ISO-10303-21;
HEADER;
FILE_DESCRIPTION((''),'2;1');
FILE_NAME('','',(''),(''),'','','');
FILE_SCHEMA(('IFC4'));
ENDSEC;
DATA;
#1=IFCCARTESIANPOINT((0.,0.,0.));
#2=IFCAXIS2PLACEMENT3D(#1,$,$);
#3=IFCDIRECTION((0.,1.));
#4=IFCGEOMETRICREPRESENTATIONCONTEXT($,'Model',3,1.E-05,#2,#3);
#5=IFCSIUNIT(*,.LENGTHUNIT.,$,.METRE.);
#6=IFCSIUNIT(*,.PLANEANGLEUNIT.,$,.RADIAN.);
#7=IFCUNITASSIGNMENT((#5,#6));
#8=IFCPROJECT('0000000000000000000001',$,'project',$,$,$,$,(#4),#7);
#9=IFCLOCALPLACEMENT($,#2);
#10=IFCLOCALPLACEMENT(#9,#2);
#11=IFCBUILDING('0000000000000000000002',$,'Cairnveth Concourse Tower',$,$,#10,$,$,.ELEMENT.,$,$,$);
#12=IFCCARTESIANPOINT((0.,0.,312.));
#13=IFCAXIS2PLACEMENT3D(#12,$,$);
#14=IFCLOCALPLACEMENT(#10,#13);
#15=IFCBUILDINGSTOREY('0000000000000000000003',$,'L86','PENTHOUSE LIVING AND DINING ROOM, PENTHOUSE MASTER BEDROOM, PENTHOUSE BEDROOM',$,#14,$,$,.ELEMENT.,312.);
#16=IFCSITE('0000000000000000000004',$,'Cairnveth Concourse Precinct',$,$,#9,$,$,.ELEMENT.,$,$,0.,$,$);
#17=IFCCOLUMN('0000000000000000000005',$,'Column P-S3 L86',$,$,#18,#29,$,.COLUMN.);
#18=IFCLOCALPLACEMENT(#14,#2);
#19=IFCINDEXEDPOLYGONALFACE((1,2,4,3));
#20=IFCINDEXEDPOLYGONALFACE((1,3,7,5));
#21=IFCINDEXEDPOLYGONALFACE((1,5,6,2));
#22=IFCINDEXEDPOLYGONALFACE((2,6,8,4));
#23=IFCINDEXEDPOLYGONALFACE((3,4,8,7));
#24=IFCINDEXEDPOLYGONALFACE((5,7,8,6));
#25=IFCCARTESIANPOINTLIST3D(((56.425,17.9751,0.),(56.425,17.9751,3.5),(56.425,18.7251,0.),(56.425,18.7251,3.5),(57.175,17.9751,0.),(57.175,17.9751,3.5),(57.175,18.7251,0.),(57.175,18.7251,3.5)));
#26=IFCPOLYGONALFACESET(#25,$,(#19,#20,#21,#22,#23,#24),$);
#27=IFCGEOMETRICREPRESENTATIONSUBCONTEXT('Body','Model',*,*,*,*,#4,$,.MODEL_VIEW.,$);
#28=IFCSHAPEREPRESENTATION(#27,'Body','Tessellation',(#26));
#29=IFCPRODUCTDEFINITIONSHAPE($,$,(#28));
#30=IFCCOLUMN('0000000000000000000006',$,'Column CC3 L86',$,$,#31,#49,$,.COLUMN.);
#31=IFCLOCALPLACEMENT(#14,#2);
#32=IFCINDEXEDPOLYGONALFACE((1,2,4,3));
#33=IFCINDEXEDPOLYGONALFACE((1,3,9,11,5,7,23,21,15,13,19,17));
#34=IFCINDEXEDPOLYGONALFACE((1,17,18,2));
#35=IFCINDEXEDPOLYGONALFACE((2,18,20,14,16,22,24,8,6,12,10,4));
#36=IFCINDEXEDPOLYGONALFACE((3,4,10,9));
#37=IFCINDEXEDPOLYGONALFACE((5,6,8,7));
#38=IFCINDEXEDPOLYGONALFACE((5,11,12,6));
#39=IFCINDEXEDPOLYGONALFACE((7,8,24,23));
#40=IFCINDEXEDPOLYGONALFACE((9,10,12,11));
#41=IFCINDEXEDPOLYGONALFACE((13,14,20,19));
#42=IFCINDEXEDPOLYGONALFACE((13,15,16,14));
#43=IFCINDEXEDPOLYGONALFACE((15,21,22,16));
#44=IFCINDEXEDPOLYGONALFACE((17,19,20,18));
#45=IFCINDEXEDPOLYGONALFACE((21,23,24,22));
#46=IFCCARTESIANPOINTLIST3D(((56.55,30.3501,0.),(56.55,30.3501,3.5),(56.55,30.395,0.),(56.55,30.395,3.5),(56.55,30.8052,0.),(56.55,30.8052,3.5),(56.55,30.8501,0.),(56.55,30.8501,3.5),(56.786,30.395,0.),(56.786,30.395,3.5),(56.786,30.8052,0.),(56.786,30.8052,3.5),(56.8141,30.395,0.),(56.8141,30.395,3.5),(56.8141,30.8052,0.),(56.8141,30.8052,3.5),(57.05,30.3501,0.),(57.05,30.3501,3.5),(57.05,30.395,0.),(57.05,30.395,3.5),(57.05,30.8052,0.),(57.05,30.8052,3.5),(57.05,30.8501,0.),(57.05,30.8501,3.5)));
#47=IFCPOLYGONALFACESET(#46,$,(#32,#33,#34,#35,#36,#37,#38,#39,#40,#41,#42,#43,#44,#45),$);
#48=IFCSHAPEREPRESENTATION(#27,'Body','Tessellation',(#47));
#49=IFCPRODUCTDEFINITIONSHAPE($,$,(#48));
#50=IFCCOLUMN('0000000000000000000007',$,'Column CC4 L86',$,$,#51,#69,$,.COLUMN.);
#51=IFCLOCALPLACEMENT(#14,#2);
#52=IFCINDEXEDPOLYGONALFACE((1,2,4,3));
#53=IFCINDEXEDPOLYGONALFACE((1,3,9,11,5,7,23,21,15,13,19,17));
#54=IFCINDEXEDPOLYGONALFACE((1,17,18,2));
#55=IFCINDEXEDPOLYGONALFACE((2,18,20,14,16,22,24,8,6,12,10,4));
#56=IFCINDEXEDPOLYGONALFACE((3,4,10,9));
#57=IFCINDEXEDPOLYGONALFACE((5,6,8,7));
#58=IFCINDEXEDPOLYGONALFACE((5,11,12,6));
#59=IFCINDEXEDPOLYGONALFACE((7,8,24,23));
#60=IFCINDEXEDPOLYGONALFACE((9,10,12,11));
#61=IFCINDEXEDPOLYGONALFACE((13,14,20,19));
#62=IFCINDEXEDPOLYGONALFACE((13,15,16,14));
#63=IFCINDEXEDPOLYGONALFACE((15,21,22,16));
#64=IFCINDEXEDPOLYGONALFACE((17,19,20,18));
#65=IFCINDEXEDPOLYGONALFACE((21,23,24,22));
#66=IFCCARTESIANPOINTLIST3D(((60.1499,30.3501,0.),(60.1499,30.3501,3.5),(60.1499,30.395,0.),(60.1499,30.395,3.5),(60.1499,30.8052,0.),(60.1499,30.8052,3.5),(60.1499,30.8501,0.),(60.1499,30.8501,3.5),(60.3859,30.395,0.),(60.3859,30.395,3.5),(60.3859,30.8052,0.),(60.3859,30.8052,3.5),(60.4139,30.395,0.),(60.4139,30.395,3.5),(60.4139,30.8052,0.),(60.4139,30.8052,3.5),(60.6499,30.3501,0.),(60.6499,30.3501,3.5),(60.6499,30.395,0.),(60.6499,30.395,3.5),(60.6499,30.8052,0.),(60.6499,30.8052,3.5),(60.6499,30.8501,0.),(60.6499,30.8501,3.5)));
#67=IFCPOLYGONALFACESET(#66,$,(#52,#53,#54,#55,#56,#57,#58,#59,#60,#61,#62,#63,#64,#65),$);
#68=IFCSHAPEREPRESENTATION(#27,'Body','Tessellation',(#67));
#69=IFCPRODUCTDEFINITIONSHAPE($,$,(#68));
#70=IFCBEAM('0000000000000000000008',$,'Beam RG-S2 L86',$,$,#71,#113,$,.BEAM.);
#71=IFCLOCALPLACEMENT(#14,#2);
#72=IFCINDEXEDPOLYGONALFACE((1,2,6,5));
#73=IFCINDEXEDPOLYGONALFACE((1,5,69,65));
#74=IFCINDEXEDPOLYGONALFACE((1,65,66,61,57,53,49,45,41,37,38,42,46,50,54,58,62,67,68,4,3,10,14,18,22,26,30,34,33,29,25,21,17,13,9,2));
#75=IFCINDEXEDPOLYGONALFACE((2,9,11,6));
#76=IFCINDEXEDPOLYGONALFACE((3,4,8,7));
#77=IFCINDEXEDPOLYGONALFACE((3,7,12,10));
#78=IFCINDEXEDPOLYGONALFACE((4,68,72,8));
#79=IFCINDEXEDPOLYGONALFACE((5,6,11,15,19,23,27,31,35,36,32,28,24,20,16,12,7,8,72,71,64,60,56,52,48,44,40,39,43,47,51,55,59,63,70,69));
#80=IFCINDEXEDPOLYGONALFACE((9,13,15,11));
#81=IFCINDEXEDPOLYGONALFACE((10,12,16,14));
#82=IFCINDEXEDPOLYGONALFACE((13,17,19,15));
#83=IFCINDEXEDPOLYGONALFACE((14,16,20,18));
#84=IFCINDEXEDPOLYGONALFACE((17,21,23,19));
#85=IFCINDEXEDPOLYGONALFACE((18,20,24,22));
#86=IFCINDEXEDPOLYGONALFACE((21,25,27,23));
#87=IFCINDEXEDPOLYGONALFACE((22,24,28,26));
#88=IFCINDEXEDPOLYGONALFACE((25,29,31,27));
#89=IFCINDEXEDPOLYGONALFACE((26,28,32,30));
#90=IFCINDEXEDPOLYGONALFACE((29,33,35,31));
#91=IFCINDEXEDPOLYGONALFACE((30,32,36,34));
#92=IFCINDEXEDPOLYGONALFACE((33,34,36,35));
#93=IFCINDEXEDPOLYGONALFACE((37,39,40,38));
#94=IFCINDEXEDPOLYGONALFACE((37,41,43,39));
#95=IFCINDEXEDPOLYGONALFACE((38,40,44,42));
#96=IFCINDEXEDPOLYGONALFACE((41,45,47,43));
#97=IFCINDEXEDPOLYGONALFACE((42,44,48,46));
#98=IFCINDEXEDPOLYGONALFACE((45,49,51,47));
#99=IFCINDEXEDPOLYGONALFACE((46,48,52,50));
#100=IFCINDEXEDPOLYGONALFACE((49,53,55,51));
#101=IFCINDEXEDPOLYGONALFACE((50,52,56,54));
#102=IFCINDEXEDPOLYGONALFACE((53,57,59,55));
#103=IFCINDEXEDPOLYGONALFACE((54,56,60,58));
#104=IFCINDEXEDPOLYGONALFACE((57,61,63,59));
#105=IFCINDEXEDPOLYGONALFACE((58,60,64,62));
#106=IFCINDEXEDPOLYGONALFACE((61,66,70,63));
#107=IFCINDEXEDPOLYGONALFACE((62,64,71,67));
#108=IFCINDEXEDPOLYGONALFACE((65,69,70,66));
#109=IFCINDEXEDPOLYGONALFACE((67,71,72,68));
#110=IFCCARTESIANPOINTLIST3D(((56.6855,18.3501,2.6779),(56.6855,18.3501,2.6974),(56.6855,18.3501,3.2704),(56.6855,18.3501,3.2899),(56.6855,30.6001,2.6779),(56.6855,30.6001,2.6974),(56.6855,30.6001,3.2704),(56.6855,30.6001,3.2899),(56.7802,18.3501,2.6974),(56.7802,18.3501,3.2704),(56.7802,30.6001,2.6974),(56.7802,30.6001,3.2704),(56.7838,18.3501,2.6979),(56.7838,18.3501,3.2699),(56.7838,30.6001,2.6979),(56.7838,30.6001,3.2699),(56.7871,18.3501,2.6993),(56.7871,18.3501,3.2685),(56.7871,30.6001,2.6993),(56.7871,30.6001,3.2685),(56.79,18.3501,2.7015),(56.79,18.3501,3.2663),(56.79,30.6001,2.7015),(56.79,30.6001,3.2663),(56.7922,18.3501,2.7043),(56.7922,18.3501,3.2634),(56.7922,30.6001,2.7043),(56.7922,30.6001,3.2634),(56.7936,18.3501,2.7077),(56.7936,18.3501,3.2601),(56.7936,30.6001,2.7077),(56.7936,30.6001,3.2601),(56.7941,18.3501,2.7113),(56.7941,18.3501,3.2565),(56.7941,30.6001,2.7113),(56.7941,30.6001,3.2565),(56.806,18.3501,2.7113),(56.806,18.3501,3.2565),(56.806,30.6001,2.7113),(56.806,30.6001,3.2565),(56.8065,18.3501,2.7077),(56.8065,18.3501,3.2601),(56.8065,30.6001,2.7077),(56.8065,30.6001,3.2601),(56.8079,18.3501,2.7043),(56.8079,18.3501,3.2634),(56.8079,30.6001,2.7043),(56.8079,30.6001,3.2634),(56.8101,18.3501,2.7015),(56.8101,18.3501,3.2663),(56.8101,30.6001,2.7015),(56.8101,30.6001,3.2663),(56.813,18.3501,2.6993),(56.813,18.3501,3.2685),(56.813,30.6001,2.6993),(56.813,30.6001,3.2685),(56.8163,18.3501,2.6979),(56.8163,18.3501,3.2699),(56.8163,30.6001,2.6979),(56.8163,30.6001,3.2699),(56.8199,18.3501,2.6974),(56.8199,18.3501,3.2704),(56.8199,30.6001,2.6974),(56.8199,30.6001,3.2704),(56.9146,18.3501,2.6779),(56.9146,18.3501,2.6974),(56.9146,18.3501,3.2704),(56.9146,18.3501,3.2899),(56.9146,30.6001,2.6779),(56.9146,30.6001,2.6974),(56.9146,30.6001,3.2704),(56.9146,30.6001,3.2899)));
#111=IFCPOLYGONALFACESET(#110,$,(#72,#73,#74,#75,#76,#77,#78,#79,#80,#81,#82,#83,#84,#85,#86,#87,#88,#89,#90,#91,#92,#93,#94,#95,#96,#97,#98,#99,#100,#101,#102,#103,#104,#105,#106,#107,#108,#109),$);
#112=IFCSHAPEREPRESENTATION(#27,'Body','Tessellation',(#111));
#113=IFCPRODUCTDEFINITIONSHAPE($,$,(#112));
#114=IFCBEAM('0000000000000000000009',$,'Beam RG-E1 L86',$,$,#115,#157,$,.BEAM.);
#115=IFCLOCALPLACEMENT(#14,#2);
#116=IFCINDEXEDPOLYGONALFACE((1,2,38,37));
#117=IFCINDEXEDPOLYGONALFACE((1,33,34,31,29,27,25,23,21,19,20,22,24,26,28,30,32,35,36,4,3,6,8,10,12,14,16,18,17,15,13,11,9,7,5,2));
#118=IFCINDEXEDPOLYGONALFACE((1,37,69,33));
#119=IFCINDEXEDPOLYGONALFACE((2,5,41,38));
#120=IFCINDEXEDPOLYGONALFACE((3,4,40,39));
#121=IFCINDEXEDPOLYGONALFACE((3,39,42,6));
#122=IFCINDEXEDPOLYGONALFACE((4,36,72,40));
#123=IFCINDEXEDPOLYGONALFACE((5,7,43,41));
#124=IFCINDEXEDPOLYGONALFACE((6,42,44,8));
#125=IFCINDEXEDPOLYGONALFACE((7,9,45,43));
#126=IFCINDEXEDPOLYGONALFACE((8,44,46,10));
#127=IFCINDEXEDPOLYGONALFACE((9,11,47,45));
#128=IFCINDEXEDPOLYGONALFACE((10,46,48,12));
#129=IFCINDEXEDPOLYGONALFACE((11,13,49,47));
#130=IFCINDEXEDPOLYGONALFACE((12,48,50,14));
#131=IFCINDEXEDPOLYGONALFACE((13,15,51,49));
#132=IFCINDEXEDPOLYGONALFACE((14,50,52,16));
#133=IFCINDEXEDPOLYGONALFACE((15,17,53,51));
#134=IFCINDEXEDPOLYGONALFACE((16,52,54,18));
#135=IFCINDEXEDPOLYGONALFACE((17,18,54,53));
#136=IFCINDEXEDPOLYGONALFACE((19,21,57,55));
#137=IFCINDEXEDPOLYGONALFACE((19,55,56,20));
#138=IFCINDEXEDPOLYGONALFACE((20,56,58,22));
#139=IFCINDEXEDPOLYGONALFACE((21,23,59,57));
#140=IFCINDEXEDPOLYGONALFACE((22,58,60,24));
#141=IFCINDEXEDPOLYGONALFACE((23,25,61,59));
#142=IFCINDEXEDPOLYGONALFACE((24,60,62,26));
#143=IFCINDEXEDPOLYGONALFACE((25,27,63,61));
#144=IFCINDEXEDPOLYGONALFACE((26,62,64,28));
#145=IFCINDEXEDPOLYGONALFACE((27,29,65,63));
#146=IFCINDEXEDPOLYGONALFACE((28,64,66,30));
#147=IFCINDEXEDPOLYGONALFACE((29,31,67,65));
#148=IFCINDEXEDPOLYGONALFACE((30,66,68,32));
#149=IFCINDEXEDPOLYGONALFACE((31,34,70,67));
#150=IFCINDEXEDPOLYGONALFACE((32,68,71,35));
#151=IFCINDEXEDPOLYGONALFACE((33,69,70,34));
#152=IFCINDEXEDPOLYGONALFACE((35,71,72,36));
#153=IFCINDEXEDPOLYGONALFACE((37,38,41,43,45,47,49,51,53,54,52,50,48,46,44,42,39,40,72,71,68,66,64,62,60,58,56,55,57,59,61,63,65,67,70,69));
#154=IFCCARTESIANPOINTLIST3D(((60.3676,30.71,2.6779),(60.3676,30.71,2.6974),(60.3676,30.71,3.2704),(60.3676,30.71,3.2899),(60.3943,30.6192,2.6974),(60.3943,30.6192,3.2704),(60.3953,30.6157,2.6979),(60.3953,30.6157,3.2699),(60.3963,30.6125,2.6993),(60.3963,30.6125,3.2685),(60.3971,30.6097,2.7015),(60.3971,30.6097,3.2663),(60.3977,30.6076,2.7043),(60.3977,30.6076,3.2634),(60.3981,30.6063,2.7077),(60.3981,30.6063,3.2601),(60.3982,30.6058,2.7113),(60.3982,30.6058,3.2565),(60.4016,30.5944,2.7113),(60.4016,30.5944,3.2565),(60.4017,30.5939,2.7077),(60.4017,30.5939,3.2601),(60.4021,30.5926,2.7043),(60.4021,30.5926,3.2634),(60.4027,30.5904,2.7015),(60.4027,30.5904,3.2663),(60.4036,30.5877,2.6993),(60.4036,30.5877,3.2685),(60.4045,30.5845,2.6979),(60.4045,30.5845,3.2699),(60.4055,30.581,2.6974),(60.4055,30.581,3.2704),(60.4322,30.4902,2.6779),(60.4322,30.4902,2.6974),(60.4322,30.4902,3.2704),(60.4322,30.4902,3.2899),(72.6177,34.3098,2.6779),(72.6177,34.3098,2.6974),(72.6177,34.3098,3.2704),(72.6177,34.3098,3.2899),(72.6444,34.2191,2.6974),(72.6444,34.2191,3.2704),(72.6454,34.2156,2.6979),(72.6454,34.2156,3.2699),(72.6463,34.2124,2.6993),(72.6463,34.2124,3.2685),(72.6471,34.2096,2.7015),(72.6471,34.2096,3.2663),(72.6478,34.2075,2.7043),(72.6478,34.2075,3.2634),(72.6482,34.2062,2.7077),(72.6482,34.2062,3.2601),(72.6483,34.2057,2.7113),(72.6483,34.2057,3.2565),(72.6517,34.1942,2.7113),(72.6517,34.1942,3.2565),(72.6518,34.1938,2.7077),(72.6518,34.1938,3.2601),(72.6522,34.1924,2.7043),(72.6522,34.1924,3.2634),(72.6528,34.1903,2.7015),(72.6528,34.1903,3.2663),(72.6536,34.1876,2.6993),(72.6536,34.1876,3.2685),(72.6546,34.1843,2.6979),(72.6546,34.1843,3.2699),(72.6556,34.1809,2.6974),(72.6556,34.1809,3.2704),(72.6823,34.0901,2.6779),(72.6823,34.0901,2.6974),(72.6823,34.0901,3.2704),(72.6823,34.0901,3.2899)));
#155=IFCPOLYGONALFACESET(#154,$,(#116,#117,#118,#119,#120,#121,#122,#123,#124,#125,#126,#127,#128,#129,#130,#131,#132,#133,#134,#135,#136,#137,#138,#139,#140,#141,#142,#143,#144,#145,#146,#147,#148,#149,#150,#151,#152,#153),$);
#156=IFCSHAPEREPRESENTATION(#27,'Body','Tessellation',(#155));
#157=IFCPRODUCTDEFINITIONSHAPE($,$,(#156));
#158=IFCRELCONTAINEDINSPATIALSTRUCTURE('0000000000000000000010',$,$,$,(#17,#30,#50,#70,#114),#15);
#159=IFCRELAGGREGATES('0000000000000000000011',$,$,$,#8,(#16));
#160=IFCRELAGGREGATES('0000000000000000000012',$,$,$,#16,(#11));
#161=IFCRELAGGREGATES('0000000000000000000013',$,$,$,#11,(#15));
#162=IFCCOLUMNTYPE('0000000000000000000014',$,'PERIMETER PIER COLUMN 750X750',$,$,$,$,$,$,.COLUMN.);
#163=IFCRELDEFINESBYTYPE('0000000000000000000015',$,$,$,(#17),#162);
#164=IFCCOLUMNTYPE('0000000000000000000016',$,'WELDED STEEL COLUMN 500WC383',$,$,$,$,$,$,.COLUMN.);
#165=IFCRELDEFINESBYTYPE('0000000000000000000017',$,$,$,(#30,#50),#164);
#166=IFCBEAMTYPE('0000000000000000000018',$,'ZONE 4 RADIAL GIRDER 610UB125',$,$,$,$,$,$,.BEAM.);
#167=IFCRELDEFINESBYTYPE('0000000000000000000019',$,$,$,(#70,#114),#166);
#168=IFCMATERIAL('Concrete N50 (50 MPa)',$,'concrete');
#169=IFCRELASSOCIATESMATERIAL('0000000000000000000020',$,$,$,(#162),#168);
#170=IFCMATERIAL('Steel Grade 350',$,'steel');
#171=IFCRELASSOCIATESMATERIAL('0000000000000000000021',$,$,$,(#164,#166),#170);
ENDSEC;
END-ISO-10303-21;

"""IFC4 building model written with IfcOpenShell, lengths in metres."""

from ifc_helpers import new_model, si_unit, direction, frame, origin, origin_2d, place, context, subcontext, project, spatial, rectangle, i_section, extrude, material, material_profile, profile_set, type_object, element, save


model = new_model("IFC4")

# Units and contexts
model_context = context("Model", 3, precision=1e-05, world=origin(), true_north=direction((0.0, 1.0)))
body_context = subcontext(model_context, "Body", "Model", "MODEL_VIEW")
ifc_project = project(units=[si_unit("LENGTHUNIT", "METRE"), si_unit("PLANEANGLEUNIT", "RADIAN")], contexts=[model_context])

# Site, building, storey
site_placement = place(None, origin())
site = spatial("IfcSite", under=ifc_project, at=site_placement, Name="Cairnveth Concourse Precinct", CompositionType="ELEMENT", RefElevation=0.0)
building_placement = place(site_placement, origin())
building = spatial("IfcBuilding", under=site, at=building_placement, Name="Cairnveth Concourse Tower", CompositionType="ELEMENT")
storey_placement = place(building_placement, frame((0.0, 0.0, 312.0)))
storey = spatial("IfcBuildingStorey", under=building, at=storey_placement, Name="L86", Description="PENTHOUSE LIVING AND DINING ROOM, PENTHOUSE MASTER BEDROOM, PENTHOUSE BEDROOM", CompositionType="ELEMENT", Elevation=312.0)

# Columns
ifc_material_1 = material(Name="Concrete N50 (50 MPa)", Category="concrete")
ifc_material_profile_1 = material_profile(ifc_material_1, rectangle(XDim=0.75, YDim=0.75, at=origin_2d()), Name="RC-COL-750x750")
ifc_profile_set_1 = profile_set([ifc_material_profile_1], Name="Concrete N50 (50 MPa)")
column_type_1 = type_object("IfcColumnType", Name="PERIMETER PIER COLUMN 750X750", PredefinedType="COLUMN", material=ifc_profile_set_1)
column_placement = place(storey_placement, frame((56.8, 18.3501, 0.0), z_axis=(0.0, 0.0, 1.0), x_axis=(1.0, 0.0, 0.0)))
element("IfcColumn", 1, at=column_placement, inside=storey, type_object=column_type_1, Name="Column P-S3 L86", PredefinedType="COLUMN", context=body_context, shape_type="SweptSolid", body=[
    extrude(rectangle(XDim=0.75, YDim=0.75, at=origin_2d()), origin(), (0.0, 0.0, 1.0), 3.5),
])
ifc_material_2 = material(Name="Steel Grade 350", Category="steel")
ifc_material_profile_2 = material_profile(ifc_material_2, i_section(OverallWidth=0.5, OverallDepth=0.5, WebThickness=0.0281, FlangeThickness=0.0449, at=origin_2d()), Name="500WC383")
ifc_profile_set_2 = profile_set([ifc_material_profile_2], Name="Steel Grade 350")
column_type_2 = type_object("IfcColumnType", Name="WELDED STEEL COLUMN 500WC383", PredefinedType="COLUMN", material=ifc_profile_set_2)
for number, where, z_axis, x_axis, name in (
    (2, (56.8, 30.6001, 0.0), (0.0, 0.0, 1.0), (1.0, 0.0, 0.0), "Column CC3 L86"),
    (3, (60.3999, 30.6001, 0.0), (0.0, 0.0, 1.0), (1.0, 0.0, 0.0), "Column CC4 L86"),
):
    element("IfcColumn", number, at=place(storey_placement, frame(where, z_axis=z_axis, x_axis=x_axis)), inside=storey, type_object=column_type_2, Name=name, PredefinedType="COLUMN", context=body_context, shape_type="SweptSolid", body=[
        extrude(i_section(OverallWidth=0.5, OverallDepth=0.5, WebThickness=0.0281, FlangeThickness=0.0449, at=origin_2d()), origin(), (0.0, 0.0, 1.0), 3.5),
    ])

# Beams
ifc_material_profile_3 = material_profile(ifc_material_2, i_section(OverallWidth=0.229, OverallDepth=0.6121, WebThickness=0.012, FlangeThickness=0.0195, FilletRadius=0.0139, at=origin_2d()), Name="610UB125")
ifc_profile_set_3 = profile_set([ifc_material_profile_3], Name="Steel Grade 350")
beam_type_1 = type_object("IfcBeamType", Name="ZONE 4 RADIAL GIRDER 610UB125", PredefinedType="BEAM", material=ifc_profile_set_3)
beam_1_placement = place(storey_placement, frame((56.8, 18.3501, 2.9839), z_axis=(0.0, 1.0, 0.0), x_axis=(-1.0, 0.0, 0.0)))
element("IfcBeam", 4, at=beam_1_placement, inside=storey, type_object=beam_type_1, Name="Beam RG-S2 L86", PredefinedType="BEAM", context=body_context, shape_type="SweptSolid", body=[
    extrude(i_section(OverallWidth=0.229, OverallDepth=0.6121, WebThickness=0.012, FlangeThickness=0.0195, FilletRadius=0.0139, at=origin_2d()), origin(), (0.0, 0.0, 1.0), 12.25),
])
beam_2_placement = place(storey_placement, frame((60.3999, 30.6001, 2.9839), z_axis=(0.959431, 0.281944, 0.0), x_axis=(-0.281944, 0.959431, 0.0)))
element("IfcBeam", 5, at=beam_2_placement, inside=storey, type_object=beam_type_1, Name="Beam RG-E1 L86", PredefinedType="BEAM", context=body_context, shape_type="SweptSolid", body=[
    extrude(i_section(OverallWidth=0.229, OverallDepth=0.6121, WebThickness=0.012, FlangeThickness=0.0195, FilletRadius=0.0139, at=origin_2d()), origin(), (0.0, 0.0, 1.0), 12.7681),
])

save(model, "model.ifc")
